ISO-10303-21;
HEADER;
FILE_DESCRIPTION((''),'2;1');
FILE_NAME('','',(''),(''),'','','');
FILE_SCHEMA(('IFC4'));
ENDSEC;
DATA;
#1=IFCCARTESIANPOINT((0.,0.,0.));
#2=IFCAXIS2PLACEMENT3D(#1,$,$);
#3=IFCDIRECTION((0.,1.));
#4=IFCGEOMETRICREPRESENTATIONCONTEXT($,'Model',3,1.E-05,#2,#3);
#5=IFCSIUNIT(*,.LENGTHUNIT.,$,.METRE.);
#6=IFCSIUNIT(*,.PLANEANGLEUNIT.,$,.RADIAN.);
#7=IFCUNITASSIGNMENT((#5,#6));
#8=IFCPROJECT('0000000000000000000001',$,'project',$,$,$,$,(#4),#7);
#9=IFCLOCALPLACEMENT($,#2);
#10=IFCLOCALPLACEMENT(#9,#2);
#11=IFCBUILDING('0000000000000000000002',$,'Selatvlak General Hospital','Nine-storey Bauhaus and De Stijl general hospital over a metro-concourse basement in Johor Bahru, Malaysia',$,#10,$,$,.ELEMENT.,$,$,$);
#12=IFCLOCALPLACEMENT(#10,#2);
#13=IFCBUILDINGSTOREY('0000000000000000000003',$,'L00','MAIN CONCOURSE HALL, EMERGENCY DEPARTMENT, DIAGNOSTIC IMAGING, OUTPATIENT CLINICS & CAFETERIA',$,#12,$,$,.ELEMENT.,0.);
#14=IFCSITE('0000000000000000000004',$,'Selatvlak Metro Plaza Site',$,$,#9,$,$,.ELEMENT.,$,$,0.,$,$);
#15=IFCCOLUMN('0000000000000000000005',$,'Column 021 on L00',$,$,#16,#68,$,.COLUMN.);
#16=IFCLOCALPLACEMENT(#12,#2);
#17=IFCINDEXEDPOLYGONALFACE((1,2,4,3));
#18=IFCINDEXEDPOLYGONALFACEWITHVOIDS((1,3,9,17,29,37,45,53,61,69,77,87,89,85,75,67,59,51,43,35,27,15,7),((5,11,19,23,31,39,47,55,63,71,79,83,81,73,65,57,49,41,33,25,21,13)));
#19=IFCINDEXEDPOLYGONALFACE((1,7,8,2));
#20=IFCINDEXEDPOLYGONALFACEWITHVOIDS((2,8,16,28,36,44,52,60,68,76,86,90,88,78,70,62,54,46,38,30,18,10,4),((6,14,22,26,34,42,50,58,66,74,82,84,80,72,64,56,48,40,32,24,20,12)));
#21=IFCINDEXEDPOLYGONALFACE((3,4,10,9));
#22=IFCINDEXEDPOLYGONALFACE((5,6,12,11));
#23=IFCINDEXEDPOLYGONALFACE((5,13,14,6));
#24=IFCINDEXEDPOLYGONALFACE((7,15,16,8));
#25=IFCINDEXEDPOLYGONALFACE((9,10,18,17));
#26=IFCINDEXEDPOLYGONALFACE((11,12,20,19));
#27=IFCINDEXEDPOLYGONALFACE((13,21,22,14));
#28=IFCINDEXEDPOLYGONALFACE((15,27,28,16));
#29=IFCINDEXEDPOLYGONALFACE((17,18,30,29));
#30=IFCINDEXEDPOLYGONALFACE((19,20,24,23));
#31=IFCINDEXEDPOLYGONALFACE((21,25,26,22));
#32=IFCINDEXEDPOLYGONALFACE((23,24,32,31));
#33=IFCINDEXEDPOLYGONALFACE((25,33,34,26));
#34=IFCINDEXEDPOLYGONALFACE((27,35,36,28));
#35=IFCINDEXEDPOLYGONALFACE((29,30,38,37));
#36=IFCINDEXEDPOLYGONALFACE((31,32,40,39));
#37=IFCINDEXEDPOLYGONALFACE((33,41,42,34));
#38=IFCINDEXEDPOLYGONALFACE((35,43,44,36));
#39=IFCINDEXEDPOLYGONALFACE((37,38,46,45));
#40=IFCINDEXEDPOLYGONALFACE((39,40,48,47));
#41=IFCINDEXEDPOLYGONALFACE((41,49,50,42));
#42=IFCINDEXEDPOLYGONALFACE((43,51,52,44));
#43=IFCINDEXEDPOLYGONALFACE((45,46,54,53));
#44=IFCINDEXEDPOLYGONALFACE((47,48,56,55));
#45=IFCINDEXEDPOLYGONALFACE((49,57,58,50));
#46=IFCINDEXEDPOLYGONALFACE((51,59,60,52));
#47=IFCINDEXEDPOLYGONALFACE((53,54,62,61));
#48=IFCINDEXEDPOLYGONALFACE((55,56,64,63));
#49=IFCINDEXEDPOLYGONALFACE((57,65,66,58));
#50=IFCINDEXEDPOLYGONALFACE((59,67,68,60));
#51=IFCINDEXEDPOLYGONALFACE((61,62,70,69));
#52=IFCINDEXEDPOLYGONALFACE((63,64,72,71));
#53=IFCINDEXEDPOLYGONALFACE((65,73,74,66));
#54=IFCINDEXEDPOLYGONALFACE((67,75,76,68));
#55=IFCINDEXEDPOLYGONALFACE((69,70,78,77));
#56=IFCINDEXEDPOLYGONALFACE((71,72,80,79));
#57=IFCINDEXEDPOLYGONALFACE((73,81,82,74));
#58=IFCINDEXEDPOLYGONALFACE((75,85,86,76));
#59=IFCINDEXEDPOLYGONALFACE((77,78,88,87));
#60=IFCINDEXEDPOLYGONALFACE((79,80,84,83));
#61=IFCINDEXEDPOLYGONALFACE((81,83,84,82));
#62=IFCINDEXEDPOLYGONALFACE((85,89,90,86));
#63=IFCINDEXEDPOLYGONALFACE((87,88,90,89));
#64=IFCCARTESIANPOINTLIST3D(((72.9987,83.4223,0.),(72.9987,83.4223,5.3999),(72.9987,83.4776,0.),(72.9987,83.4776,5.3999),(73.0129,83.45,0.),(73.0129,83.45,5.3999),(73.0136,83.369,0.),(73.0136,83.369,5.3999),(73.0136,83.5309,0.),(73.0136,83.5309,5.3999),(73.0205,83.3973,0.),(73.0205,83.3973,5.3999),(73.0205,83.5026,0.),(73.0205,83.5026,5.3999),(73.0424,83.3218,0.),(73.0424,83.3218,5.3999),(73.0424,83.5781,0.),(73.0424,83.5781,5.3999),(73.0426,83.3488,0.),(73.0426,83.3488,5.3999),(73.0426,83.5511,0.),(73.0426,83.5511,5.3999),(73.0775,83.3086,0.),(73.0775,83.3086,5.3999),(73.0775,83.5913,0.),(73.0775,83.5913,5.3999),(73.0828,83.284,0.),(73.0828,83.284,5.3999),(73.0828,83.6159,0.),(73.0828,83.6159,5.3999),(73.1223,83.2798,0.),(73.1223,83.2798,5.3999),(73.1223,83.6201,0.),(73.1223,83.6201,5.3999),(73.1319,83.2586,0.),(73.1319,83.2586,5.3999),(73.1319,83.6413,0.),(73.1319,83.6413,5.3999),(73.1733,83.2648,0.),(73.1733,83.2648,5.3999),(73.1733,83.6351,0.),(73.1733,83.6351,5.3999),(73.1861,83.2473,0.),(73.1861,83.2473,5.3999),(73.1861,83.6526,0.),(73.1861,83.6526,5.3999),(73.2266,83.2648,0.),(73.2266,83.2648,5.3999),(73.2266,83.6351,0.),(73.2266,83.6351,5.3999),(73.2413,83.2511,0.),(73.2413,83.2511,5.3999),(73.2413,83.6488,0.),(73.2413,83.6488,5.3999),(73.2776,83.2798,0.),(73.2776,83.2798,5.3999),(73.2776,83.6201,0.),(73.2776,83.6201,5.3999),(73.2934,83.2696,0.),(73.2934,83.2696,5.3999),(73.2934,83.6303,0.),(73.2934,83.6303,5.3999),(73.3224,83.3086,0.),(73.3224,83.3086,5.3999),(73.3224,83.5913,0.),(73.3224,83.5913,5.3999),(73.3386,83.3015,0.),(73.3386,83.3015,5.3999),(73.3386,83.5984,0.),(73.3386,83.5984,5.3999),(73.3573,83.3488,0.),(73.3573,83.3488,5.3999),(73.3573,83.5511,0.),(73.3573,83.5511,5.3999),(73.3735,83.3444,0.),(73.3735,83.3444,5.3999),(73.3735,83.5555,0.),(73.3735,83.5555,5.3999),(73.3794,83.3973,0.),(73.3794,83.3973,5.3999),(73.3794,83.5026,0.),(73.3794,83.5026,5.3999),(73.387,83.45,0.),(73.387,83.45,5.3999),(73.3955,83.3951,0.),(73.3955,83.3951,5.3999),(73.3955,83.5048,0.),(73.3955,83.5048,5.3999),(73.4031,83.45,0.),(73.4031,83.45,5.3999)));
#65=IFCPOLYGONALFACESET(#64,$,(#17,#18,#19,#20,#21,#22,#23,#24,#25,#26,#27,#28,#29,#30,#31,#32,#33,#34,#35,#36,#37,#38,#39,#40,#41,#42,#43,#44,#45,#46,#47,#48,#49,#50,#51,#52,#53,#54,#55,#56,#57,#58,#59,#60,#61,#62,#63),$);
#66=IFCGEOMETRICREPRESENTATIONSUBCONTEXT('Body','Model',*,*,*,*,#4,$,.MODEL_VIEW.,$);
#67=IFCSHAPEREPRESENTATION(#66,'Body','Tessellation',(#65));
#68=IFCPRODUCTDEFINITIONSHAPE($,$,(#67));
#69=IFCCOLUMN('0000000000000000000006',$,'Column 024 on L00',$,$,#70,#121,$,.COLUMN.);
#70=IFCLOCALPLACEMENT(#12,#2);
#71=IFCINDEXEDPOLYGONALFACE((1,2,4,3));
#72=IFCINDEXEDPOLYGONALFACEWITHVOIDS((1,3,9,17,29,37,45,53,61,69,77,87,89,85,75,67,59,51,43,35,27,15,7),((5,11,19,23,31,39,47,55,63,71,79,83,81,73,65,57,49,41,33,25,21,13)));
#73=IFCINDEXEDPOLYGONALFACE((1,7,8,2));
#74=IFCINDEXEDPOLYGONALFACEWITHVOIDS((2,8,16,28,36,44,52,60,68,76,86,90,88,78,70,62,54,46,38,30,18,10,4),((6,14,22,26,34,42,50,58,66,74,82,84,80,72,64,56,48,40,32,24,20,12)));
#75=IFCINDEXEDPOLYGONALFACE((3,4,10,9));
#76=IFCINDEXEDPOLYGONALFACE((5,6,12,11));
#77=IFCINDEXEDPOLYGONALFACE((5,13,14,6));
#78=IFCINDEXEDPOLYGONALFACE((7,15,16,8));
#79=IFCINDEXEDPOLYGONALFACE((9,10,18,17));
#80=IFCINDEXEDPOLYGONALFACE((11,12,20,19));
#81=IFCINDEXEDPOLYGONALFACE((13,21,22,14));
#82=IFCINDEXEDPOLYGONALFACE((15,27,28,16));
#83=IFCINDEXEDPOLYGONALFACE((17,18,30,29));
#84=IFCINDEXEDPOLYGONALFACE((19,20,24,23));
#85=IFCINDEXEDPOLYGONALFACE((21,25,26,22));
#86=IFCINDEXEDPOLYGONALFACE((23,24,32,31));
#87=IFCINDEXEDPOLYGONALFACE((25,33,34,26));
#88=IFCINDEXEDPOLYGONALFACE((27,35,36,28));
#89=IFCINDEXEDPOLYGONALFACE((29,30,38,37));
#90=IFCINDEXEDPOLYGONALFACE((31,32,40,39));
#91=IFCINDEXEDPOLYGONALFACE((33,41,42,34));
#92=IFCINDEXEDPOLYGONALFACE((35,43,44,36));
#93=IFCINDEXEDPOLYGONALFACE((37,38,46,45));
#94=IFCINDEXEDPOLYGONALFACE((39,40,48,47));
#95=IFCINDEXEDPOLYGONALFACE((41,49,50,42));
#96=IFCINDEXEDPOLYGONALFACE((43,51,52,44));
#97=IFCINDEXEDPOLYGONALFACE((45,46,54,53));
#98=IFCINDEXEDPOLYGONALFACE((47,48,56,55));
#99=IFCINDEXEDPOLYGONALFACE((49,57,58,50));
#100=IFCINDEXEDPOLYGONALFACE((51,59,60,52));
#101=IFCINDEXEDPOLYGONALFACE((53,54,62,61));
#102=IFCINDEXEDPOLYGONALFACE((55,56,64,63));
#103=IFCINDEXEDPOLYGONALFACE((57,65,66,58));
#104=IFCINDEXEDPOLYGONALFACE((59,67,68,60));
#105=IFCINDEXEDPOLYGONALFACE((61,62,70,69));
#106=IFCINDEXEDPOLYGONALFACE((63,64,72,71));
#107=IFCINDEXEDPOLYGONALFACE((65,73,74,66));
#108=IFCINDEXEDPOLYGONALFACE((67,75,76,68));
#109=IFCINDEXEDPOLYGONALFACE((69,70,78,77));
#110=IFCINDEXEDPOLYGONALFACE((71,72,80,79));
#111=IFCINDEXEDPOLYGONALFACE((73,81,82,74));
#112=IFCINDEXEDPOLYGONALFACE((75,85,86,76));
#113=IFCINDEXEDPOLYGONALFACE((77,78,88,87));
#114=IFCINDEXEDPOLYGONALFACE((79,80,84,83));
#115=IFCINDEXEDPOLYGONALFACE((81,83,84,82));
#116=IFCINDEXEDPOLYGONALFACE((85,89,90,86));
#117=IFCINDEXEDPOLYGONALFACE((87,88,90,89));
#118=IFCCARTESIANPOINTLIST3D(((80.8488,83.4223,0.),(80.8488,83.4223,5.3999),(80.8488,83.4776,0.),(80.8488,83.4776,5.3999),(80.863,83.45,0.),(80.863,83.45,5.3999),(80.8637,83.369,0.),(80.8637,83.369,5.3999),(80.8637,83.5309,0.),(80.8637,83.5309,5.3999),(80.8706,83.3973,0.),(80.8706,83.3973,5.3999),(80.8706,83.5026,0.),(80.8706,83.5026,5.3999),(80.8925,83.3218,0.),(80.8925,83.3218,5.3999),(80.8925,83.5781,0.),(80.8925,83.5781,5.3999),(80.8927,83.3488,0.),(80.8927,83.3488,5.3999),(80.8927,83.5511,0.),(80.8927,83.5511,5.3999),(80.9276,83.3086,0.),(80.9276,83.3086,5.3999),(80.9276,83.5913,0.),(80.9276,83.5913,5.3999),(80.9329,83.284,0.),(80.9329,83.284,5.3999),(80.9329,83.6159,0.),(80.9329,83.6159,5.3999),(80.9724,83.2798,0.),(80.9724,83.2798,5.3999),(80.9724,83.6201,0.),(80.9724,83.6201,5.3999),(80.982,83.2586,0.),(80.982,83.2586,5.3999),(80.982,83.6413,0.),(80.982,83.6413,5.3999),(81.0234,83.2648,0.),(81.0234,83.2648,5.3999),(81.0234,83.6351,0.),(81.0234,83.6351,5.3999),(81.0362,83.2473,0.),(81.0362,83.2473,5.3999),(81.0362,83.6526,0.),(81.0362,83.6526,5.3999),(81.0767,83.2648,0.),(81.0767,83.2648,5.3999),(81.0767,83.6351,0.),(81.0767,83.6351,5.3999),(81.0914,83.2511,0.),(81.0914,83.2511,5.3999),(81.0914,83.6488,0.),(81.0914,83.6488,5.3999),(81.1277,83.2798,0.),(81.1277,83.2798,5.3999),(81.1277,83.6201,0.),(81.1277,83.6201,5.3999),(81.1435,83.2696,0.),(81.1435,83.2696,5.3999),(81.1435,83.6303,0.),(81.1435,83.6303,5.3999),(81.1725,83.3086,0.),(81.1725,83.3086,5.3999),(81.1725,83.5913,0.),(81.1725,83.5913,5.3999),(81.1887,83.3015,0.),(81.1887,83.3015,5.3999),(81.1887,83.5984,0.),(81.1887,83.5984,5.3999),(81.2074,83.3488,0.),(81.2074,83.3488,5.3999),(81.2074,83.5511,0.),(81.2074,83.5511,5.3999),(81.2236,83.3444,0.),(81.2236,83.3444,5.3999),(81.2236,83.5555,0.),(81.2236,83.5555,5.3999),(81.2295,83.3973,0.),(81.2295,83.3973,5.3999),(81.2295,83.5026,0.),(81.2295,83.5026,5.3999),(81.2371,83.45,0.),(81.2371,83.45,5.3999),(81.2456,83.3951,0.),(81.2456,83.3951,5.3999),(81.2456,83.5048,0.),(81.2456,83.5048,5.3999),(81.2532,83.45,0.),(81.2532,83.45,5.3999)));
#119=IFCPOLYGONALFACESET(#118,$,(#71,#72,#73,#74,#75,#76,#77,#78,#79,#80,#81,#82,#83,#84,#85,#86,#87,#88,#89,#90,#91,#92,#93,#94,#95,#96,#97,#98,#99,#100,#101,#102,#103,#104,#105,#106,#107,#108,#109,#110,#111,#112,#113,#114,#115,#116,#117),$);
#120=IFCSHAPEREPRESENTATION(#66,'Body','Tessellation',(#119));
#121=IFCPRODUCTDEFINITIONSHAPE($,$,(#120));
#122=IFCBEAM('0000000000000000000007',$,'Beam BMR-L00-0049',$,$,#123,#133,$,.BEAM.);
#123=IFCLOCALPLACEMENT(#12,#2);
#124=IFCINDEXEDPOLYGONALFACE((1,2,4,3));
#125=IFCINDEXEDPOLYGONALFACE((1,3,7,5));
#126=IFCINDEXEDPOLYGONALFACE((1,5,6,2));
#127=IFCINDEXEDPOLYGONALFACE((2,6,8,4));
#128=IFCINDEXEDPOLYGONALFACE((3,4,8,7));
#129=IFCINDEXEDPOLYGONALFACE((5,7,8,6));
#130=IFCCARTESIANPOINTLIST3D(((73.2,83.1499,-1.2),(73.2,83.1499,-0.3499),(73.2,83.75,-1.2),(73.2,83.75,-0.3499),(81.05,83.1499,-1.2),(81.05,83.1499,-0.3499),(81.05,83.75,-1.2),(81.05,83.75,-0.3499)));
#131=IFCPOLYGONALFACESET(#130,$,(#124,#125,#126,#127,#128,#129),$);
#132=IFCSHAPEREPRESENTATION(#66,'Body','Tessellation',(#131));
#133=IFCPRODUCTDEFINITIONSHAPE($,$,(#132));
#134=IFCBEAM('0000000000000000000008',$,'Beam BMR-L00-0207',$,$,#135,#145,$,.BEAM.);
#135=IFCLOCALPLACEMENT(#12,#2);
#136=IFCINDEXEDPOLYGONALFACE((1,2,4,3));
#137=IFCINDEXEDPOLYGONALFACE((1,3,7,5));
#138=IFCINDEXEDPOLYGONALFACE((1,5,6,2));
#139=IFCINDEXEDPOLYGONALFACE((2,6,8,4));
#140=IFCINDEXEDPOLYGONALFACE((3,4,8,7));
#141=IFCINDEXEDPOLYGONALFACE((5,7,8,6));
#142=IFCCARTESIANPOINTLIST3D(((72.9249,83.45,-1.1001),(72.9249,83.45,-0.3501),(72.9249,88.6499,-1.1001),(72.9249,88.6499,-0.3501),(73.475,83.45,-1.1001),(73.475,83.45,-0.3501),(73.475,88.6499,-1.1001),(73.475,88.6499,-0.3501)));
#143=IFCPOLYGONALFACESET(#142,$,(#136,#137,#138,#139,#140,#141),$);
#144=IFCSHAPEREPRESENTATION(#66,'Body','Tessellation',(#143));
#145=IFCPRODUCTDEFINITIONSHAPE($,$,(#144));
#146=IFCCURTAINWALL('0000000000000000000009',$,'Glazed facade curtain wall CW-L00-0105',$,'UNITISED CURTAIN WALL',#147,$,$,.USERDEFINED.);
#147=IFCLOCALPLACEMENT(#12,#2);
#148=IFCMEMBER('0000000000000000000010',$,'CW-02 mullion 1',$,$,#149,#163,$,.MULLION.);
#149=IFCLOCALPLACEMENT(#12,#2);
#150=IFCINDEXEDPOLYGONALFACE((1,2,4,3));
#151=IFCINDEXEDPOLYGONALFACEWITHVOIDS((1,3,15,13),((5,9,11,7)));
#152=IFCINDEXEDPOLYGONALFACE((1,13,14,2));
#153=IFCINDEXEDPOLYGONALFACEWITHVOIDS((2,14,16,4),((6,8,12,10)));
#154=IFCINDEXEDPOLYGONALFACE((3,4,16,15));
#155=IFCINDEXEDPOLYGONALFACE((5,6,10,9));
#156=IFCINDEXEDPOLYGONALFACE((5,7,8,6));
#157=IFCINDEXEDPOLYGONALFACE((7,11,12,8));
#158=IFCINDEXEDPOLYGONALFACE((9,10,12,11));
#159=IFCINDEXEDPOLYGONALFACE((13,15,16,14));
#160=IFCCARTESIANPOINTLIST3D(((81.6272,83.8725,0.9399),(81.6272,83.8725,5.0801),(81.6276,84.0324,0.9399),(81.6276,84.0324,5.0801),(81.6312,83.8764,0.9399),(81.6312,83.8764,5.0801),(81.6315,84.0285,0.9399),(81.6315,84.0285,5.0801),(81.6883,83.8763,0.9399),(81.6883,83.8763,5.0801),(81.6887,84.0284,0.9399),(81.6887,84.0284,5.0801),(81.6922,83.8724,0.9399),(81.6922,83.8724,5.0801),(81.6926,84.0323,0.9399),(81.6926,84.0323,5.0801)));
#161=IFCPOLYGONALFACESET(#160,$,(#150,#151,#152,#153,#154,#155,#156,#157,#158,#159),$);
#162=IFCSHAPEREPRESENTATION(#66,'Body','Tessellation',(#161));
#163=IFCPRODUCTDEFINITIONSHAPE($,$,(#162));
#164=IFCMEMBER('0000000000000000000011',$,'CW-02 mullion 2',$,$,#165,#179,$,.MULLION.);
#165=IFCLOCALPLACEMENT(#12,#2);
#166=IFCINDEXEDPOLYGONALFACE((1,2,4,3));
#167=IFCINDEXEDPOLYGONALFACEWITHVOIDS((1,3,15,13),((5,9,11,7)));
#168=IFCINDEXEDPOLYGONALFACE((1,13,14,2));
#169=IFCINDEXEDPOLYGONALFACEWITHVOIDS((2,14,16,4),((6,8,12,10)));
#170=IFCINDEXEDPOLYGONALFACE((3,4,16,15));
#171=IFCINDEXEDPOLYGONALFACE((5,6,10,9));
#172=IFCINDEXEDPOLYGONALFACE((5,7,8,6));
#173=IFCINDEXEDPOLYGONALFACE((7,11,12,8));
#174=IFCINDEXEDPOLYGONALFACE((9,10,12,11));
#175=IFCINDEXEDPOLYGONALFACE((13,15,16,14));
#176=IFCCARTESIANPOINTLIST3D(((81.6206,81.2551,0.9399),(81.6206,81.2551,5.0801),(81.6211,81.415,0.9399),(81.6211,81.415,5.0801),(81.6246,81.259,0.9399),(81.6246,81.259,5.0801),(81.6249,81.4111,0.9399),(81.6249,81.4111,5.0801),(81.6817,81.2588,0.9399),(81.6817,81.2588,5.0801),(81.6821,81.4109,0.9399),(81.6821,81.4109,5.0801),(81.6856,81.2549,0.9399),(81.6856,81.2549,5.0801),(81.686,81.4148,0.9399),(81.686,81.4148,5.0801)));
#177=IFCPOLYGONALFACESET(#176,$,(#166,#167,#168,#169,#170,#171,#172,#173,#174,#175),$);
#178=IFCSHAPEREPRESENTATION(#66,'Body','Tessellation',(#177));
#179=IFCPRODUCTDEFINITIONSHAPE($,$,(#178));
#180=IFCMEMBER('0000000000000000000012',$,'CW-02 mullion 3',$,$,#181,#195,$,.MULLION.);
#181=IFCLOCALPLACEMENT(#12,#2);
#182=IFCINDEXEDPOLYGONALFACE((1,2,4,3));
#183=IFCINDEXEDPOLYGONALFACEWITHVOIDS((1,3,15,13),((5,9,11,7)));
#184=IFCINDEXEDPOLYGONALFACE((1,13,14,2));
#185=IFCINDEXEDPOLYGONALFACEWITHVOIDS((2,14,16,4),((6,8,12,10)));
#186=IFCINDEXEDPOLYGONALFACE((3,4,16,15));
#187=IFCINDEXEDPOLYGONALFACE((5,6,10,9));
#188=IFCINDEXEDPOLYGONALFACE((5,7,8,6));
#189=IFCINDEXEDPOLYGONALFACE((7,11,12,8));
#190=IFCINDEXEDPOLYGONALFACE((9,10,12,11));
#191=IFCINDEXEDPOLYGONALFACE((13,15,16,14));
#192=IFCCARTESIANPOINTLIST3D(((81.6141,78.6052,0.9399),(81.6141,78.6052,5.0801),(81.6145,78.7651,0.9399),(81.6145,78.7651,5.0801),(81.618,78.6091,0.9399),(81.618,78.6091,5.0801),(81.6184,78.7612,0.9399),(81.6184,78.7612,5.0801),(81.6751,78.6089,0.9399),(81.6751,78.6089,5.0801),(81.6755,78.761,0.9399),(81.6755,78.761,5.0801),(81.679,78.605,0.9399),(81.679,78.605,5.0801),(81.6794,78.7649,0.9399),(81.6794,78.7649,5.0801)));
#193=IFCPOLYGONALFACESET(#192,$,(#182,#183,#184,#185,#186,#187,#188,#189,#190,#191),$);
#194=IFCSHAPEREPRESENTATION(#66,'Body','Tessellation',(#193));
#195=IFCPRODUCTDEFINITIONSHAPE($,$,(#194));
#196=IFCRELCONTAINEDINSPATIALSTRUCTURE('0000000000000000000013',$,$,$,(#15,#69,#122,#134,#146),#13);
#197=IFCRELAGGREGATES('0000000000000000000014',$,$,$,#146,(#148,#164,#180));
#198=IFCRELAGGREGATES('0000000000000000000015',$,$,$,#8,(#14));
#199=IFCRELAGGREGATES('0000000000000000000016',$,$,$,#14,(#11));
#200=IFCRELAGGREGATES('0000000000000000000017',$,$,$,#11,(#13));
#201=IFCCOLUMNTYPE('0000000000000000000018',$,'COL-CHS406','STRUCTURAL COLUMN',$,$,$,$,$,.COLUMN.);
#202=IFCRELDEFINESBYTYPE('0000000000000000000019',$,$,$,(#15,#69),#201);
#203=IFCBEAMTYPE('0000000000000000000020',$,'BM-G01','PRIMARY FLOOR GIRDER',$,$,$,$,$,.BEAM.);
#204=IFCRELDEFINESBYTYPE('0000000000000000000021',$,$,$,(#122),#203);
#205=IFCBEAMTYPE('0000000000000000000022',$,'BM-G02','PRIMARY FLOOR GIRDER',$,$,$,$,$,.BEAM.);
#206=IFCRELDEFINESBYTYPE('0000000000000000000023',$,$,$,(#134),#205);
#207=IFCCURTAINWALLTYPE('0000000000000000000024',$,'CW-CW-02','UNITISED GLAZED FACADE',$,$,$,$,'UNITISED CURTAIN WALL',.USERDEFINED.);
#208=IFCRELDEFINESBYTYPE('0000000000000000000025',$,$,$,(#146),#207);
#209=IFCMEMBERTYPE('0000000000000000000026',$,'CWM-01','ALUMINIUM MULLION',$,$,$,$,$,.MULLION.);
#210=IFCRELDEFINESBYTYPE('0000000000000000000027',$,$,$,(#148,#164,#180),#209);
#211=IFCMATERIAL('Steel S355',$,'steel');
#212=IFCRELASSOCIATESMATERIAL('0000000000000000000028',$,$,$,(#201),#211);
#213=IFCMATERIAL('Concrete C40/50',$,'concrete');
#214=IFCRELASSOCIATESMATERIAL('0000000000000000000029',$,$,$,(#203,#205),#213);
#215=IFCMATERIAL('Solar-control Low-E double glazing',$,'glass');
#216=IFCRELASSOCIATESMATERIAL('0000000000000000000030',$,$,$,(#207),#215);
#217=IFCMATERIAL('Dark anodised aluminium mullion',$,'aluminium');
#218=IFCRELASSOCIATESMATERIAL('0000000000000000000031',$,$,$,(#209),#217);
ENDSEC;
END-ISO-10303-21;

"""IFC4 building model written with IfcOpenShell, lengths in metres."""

from ifc_helpers import new_model, si_unit, direction, frame, origin, origin_2d, place, context, subcontext, project, spatial, rectangle, hollow_rectangle, hollow_circle, extrude, material, material_profile, profile_set, type_object, element, aggregate, save


model = new_model("IFC4")

# Units and contexts
model_context = context("Model", 3, precision=1e-05, world=origin(), true_north=direction((0.0, 1.0)))
body_context = subcontext(model_context, "Body", "Model", "MODEL_VIEW")
ifc_project = project(units=[si_unit("LENGTHUNIT", "METRE"), si_unit("PLANEANGLEUNIT", "RADIAN")], contexts=[model_context])

# Site, building, storey
site_placement = place(None, origin())
site = spatial("IfcSite", under=ifc_project, at=site_placement, Name="Selatvlak Metro Plaza Site", CompositionType="ELEMENT", RefElevation=0.0)
building_placement = place(site_placement, origin())
building = spatial("IfcBuilding", under=site, at=building_placement, Name="Selatvlak General Hospital", Description="Nine-storey Bauhaus and De Stijl general hospital over a metro-concourse basement in Johor Bahru, Malaysia", CompositionType="ELEMENT")
storey_placement = place(building_placement, origin())
storey = spatial("IfcBuildingStorey", under=building, at=storey_placement, Name="L00", Description="MAIN CONCOURSE HALL, EMERGENCY DEPARTMENT, DIAGNOSTIC IMAGING, OUTPATIENT CLINICS & CAFETERIA", CompositionType="ELEMENT", Elevation=0.0)

# Columns
ifc_material_1 = material(Name="Steel S355", Category="steel")
ifc_material_profile_1 = material_profile(ifc_material_1, hollow_circle(Radius=0.2031, WallThickness=0.0161, at=origin_2d()), Name="CHS 406.4x16")
ifc_profile_set_1 = profile_set([ifc_material_profile_1], Name="Steel S355")
column_type = type_object("IfcColumnType", Name="COL-CHS406", Description="STRUCTURAL COLUMN", PredefinedType="COLUMN", material=ifc_profile_set_1)
for number, where, z_axis, x_axis, name in (
    (1, (73.2, 83.45, 0.0), (0.0, 0.0, 1.0), (1.0, 0.0, 0.0), "Column 021 on L00"),
    (2, (81.05, 83.45, 0.0), (0.0, 0.0, 1.0), (1.0, 0.0, 0.0), "Column 024 on L00"),
):
    element("IfcColumn", number, at=place(storey_placement, frame(where, z_axis=z_axis, x_axis=x_axis)), inside=storey, type_object=column_type, Name=name, PredefinedType="COLUMN", context=body_context, shape_type="SweptSolid", body=[
        extrude(hollow_circle(Radius=0.2031, WallThickness=0.0161, at=origin_2d()), origin(), (0.0, 0.0, 1.0), 5.3999),
    ])

# Beams
ifc_material_2 = material(Name="Concrete C40/50", Category="concrete")
ifc_material_profile_2 = material_profile(ifc_material_2, rectangle(XDim=0.6001, YDim=0.8501, at=origin_2d()), Name="RC-BM 600x850")
ifc_profile_set_2 = profile_set([ifc_material_profile_2], Name="Concrete C40/50")
beam_type_1 = type_object("IfcBeamType", Name="BM-G01", Description="PRIMARY FLOOR GIRDER", PredefinedType="BEAM", material=ifc_profile_set_2)
beam_1_placement = place(storey_placement, frame((73.2, 83.45, -0.7749), z_axis=(1.0, 0.0, 0.0), x_axis=(0.0, 1.0, 0.0)))
element("IfcBeam", 3, at=beam_1_placement, inside=storey, type_object=beam_type_1, Name="Beam BMR-L00-0049", PredefinedType="BEAM", context=body_context, shape_type="SweptSolid", body=[
    extrude(rectangle(XDim=0.6001, YDim=0.8501, at=origin_2d()), origin(), (0.0, 0.0, 1.0), 7.8501),
])
ifc_material_profile_3 = material_profile(ifc_material_2, rectangle(XDim=0.55, YDim=0.75, at=origin_2d()), Name="RC-BM 550x750")
ifc_profile_set_3 = profile_set([ifc_material_profile_3], Name="Concrete C40/50")
beam_type_2 = type_object("IfcBeamType", Name="BM-G02", Description="PRIMARY FLOOR GIRDER", PredefinedType="BEAM", material=ifc_profile_set_3)
beam_2_placement = place(storey_placement, frame((73.2, 83.45, -0.7251), z_axis=(0.0, 1.0, 0.0), x_axis=(-1.0, 0.0, 0.0)))
element("IfcBeam", 4, at=beam_2_placement, inside=storey, type_object=beam_type_2, Name="Beam BMR-L00-0207", PredefinedType="BEAM", context=body_context, shape_type="SweptSolid", body=[
    extrude(rectangle(XDim=0.55, YDim=0.75, at=origin_2d()), origin(), (0.0, 0.0, 1.0), 5.2),
])

# Curtain wall, members
ifc_material_3 = material(Name="Solar-control Low-E double glazing", Category="glass")
curtain_wall_type = type_object("IfcCurtainWallType", Name="CW-CW-02", Description="UNITISED GLAZED FACADE", ElementType="UNITISED CURTAIN WALL", PredefinedType="USERDEFINED", material=ifc_material_3)
curtain_wall_placement = place(storey_placement, origin())
curtain_wall = element("IfcCurtainWall", 5, at=curtain_wall_placement, inside=storey, type_object=curtain_wall_type, Name="Glazed facade curtain wall CW-L00-0105", ObjectType="UNITISED CURTAIN WALL", PredefinedType="USERDEFINED")
ifc_material_4 = material(Name="Dark anodised aluminium mullion", Category="aluminium")
ifc_material_profile_4 = material_profile(ifc_material_4, hollow_rectangle(XDim=0.0649, YDim=0.1599, WallThickness=0.0039, at=origin_2d()), Name="AL-MUL 65x160x4")
ifc_profile_set_4 = profile_set([ifc_material_profile_4], Name="Dark anodised aluminium mullion")
member_type_1 = type_object("IfcMemberType", Name="CWM-01", Description="ALUMINIUM MULLION", PredefinedType="MULLION", material=ifc_profile_set_4)
member_1_placement = place(storey_placement, frame((81.6599, 83.9524, 0.9399), z_axis=(0.0, 0.0, 1.0), x_axis=(0.999997, -0.002516, 0.0)))
member_1 = element("IfcMember", 6, at=member_1_placement, type_object=member_type_1, Name="CW-02 mullion 1", PredefinedType="MULLION", context=body_context, shape_type="SweptSolid", body=[
    extrude(hollow_rectangle(XDim=0.0649, YDim=0.1599, WallThickness=0.0039, at=origin_2d()), origin(), (0.0, 0.0, 1.0), 4.1401),
])
member_2_placement = place(storey_placement, frame((81.6533, 81.335, 0.9399), z_axis=(0.0, 0.0, 1.0), x_axis=(0.999997, -0.002516, 0.0)))
member_2 = element("IfcMember", 7, at=member_2_placement, type_object=member_type_1, Name="CW-02 mullion 2", PredefinedType="MULLION", context=body_context, shape_type="SweptSolid", body=[
    extrude(hollow_rectangle(XDim=0.0649, YDim=0.1599, WallThickness=0.0039, at=origin_2d()), origin(), (0.0, 0.0, 1.0), 4.1401),
])
member_3_placement = place(storey_placement, frame((81.6467, 78.6851, 0.9399), z_axis=(0.0, 0.0, 1.0), x_axis=(0.999997, -0.002516, 0.0)))
member_3 = element("IfcMember", 8, at=member_3_placement, type_object=member_type_1, Name="CW-02 mullion 3", PredefinedType="MULLION", context=body_context, shape_type="SweptSolid", body=[
    extrude(hollow_rectangle(XDim=0.0649, YDim=0.1599, WallThickness=0.0039, at=origin_2d()), origin(), (0.0, 0.0, 1.0), 4.1401),
])
aggregate(curtain_wall, [member_1, member_2, member_3])

save(model, "model.ifc")
